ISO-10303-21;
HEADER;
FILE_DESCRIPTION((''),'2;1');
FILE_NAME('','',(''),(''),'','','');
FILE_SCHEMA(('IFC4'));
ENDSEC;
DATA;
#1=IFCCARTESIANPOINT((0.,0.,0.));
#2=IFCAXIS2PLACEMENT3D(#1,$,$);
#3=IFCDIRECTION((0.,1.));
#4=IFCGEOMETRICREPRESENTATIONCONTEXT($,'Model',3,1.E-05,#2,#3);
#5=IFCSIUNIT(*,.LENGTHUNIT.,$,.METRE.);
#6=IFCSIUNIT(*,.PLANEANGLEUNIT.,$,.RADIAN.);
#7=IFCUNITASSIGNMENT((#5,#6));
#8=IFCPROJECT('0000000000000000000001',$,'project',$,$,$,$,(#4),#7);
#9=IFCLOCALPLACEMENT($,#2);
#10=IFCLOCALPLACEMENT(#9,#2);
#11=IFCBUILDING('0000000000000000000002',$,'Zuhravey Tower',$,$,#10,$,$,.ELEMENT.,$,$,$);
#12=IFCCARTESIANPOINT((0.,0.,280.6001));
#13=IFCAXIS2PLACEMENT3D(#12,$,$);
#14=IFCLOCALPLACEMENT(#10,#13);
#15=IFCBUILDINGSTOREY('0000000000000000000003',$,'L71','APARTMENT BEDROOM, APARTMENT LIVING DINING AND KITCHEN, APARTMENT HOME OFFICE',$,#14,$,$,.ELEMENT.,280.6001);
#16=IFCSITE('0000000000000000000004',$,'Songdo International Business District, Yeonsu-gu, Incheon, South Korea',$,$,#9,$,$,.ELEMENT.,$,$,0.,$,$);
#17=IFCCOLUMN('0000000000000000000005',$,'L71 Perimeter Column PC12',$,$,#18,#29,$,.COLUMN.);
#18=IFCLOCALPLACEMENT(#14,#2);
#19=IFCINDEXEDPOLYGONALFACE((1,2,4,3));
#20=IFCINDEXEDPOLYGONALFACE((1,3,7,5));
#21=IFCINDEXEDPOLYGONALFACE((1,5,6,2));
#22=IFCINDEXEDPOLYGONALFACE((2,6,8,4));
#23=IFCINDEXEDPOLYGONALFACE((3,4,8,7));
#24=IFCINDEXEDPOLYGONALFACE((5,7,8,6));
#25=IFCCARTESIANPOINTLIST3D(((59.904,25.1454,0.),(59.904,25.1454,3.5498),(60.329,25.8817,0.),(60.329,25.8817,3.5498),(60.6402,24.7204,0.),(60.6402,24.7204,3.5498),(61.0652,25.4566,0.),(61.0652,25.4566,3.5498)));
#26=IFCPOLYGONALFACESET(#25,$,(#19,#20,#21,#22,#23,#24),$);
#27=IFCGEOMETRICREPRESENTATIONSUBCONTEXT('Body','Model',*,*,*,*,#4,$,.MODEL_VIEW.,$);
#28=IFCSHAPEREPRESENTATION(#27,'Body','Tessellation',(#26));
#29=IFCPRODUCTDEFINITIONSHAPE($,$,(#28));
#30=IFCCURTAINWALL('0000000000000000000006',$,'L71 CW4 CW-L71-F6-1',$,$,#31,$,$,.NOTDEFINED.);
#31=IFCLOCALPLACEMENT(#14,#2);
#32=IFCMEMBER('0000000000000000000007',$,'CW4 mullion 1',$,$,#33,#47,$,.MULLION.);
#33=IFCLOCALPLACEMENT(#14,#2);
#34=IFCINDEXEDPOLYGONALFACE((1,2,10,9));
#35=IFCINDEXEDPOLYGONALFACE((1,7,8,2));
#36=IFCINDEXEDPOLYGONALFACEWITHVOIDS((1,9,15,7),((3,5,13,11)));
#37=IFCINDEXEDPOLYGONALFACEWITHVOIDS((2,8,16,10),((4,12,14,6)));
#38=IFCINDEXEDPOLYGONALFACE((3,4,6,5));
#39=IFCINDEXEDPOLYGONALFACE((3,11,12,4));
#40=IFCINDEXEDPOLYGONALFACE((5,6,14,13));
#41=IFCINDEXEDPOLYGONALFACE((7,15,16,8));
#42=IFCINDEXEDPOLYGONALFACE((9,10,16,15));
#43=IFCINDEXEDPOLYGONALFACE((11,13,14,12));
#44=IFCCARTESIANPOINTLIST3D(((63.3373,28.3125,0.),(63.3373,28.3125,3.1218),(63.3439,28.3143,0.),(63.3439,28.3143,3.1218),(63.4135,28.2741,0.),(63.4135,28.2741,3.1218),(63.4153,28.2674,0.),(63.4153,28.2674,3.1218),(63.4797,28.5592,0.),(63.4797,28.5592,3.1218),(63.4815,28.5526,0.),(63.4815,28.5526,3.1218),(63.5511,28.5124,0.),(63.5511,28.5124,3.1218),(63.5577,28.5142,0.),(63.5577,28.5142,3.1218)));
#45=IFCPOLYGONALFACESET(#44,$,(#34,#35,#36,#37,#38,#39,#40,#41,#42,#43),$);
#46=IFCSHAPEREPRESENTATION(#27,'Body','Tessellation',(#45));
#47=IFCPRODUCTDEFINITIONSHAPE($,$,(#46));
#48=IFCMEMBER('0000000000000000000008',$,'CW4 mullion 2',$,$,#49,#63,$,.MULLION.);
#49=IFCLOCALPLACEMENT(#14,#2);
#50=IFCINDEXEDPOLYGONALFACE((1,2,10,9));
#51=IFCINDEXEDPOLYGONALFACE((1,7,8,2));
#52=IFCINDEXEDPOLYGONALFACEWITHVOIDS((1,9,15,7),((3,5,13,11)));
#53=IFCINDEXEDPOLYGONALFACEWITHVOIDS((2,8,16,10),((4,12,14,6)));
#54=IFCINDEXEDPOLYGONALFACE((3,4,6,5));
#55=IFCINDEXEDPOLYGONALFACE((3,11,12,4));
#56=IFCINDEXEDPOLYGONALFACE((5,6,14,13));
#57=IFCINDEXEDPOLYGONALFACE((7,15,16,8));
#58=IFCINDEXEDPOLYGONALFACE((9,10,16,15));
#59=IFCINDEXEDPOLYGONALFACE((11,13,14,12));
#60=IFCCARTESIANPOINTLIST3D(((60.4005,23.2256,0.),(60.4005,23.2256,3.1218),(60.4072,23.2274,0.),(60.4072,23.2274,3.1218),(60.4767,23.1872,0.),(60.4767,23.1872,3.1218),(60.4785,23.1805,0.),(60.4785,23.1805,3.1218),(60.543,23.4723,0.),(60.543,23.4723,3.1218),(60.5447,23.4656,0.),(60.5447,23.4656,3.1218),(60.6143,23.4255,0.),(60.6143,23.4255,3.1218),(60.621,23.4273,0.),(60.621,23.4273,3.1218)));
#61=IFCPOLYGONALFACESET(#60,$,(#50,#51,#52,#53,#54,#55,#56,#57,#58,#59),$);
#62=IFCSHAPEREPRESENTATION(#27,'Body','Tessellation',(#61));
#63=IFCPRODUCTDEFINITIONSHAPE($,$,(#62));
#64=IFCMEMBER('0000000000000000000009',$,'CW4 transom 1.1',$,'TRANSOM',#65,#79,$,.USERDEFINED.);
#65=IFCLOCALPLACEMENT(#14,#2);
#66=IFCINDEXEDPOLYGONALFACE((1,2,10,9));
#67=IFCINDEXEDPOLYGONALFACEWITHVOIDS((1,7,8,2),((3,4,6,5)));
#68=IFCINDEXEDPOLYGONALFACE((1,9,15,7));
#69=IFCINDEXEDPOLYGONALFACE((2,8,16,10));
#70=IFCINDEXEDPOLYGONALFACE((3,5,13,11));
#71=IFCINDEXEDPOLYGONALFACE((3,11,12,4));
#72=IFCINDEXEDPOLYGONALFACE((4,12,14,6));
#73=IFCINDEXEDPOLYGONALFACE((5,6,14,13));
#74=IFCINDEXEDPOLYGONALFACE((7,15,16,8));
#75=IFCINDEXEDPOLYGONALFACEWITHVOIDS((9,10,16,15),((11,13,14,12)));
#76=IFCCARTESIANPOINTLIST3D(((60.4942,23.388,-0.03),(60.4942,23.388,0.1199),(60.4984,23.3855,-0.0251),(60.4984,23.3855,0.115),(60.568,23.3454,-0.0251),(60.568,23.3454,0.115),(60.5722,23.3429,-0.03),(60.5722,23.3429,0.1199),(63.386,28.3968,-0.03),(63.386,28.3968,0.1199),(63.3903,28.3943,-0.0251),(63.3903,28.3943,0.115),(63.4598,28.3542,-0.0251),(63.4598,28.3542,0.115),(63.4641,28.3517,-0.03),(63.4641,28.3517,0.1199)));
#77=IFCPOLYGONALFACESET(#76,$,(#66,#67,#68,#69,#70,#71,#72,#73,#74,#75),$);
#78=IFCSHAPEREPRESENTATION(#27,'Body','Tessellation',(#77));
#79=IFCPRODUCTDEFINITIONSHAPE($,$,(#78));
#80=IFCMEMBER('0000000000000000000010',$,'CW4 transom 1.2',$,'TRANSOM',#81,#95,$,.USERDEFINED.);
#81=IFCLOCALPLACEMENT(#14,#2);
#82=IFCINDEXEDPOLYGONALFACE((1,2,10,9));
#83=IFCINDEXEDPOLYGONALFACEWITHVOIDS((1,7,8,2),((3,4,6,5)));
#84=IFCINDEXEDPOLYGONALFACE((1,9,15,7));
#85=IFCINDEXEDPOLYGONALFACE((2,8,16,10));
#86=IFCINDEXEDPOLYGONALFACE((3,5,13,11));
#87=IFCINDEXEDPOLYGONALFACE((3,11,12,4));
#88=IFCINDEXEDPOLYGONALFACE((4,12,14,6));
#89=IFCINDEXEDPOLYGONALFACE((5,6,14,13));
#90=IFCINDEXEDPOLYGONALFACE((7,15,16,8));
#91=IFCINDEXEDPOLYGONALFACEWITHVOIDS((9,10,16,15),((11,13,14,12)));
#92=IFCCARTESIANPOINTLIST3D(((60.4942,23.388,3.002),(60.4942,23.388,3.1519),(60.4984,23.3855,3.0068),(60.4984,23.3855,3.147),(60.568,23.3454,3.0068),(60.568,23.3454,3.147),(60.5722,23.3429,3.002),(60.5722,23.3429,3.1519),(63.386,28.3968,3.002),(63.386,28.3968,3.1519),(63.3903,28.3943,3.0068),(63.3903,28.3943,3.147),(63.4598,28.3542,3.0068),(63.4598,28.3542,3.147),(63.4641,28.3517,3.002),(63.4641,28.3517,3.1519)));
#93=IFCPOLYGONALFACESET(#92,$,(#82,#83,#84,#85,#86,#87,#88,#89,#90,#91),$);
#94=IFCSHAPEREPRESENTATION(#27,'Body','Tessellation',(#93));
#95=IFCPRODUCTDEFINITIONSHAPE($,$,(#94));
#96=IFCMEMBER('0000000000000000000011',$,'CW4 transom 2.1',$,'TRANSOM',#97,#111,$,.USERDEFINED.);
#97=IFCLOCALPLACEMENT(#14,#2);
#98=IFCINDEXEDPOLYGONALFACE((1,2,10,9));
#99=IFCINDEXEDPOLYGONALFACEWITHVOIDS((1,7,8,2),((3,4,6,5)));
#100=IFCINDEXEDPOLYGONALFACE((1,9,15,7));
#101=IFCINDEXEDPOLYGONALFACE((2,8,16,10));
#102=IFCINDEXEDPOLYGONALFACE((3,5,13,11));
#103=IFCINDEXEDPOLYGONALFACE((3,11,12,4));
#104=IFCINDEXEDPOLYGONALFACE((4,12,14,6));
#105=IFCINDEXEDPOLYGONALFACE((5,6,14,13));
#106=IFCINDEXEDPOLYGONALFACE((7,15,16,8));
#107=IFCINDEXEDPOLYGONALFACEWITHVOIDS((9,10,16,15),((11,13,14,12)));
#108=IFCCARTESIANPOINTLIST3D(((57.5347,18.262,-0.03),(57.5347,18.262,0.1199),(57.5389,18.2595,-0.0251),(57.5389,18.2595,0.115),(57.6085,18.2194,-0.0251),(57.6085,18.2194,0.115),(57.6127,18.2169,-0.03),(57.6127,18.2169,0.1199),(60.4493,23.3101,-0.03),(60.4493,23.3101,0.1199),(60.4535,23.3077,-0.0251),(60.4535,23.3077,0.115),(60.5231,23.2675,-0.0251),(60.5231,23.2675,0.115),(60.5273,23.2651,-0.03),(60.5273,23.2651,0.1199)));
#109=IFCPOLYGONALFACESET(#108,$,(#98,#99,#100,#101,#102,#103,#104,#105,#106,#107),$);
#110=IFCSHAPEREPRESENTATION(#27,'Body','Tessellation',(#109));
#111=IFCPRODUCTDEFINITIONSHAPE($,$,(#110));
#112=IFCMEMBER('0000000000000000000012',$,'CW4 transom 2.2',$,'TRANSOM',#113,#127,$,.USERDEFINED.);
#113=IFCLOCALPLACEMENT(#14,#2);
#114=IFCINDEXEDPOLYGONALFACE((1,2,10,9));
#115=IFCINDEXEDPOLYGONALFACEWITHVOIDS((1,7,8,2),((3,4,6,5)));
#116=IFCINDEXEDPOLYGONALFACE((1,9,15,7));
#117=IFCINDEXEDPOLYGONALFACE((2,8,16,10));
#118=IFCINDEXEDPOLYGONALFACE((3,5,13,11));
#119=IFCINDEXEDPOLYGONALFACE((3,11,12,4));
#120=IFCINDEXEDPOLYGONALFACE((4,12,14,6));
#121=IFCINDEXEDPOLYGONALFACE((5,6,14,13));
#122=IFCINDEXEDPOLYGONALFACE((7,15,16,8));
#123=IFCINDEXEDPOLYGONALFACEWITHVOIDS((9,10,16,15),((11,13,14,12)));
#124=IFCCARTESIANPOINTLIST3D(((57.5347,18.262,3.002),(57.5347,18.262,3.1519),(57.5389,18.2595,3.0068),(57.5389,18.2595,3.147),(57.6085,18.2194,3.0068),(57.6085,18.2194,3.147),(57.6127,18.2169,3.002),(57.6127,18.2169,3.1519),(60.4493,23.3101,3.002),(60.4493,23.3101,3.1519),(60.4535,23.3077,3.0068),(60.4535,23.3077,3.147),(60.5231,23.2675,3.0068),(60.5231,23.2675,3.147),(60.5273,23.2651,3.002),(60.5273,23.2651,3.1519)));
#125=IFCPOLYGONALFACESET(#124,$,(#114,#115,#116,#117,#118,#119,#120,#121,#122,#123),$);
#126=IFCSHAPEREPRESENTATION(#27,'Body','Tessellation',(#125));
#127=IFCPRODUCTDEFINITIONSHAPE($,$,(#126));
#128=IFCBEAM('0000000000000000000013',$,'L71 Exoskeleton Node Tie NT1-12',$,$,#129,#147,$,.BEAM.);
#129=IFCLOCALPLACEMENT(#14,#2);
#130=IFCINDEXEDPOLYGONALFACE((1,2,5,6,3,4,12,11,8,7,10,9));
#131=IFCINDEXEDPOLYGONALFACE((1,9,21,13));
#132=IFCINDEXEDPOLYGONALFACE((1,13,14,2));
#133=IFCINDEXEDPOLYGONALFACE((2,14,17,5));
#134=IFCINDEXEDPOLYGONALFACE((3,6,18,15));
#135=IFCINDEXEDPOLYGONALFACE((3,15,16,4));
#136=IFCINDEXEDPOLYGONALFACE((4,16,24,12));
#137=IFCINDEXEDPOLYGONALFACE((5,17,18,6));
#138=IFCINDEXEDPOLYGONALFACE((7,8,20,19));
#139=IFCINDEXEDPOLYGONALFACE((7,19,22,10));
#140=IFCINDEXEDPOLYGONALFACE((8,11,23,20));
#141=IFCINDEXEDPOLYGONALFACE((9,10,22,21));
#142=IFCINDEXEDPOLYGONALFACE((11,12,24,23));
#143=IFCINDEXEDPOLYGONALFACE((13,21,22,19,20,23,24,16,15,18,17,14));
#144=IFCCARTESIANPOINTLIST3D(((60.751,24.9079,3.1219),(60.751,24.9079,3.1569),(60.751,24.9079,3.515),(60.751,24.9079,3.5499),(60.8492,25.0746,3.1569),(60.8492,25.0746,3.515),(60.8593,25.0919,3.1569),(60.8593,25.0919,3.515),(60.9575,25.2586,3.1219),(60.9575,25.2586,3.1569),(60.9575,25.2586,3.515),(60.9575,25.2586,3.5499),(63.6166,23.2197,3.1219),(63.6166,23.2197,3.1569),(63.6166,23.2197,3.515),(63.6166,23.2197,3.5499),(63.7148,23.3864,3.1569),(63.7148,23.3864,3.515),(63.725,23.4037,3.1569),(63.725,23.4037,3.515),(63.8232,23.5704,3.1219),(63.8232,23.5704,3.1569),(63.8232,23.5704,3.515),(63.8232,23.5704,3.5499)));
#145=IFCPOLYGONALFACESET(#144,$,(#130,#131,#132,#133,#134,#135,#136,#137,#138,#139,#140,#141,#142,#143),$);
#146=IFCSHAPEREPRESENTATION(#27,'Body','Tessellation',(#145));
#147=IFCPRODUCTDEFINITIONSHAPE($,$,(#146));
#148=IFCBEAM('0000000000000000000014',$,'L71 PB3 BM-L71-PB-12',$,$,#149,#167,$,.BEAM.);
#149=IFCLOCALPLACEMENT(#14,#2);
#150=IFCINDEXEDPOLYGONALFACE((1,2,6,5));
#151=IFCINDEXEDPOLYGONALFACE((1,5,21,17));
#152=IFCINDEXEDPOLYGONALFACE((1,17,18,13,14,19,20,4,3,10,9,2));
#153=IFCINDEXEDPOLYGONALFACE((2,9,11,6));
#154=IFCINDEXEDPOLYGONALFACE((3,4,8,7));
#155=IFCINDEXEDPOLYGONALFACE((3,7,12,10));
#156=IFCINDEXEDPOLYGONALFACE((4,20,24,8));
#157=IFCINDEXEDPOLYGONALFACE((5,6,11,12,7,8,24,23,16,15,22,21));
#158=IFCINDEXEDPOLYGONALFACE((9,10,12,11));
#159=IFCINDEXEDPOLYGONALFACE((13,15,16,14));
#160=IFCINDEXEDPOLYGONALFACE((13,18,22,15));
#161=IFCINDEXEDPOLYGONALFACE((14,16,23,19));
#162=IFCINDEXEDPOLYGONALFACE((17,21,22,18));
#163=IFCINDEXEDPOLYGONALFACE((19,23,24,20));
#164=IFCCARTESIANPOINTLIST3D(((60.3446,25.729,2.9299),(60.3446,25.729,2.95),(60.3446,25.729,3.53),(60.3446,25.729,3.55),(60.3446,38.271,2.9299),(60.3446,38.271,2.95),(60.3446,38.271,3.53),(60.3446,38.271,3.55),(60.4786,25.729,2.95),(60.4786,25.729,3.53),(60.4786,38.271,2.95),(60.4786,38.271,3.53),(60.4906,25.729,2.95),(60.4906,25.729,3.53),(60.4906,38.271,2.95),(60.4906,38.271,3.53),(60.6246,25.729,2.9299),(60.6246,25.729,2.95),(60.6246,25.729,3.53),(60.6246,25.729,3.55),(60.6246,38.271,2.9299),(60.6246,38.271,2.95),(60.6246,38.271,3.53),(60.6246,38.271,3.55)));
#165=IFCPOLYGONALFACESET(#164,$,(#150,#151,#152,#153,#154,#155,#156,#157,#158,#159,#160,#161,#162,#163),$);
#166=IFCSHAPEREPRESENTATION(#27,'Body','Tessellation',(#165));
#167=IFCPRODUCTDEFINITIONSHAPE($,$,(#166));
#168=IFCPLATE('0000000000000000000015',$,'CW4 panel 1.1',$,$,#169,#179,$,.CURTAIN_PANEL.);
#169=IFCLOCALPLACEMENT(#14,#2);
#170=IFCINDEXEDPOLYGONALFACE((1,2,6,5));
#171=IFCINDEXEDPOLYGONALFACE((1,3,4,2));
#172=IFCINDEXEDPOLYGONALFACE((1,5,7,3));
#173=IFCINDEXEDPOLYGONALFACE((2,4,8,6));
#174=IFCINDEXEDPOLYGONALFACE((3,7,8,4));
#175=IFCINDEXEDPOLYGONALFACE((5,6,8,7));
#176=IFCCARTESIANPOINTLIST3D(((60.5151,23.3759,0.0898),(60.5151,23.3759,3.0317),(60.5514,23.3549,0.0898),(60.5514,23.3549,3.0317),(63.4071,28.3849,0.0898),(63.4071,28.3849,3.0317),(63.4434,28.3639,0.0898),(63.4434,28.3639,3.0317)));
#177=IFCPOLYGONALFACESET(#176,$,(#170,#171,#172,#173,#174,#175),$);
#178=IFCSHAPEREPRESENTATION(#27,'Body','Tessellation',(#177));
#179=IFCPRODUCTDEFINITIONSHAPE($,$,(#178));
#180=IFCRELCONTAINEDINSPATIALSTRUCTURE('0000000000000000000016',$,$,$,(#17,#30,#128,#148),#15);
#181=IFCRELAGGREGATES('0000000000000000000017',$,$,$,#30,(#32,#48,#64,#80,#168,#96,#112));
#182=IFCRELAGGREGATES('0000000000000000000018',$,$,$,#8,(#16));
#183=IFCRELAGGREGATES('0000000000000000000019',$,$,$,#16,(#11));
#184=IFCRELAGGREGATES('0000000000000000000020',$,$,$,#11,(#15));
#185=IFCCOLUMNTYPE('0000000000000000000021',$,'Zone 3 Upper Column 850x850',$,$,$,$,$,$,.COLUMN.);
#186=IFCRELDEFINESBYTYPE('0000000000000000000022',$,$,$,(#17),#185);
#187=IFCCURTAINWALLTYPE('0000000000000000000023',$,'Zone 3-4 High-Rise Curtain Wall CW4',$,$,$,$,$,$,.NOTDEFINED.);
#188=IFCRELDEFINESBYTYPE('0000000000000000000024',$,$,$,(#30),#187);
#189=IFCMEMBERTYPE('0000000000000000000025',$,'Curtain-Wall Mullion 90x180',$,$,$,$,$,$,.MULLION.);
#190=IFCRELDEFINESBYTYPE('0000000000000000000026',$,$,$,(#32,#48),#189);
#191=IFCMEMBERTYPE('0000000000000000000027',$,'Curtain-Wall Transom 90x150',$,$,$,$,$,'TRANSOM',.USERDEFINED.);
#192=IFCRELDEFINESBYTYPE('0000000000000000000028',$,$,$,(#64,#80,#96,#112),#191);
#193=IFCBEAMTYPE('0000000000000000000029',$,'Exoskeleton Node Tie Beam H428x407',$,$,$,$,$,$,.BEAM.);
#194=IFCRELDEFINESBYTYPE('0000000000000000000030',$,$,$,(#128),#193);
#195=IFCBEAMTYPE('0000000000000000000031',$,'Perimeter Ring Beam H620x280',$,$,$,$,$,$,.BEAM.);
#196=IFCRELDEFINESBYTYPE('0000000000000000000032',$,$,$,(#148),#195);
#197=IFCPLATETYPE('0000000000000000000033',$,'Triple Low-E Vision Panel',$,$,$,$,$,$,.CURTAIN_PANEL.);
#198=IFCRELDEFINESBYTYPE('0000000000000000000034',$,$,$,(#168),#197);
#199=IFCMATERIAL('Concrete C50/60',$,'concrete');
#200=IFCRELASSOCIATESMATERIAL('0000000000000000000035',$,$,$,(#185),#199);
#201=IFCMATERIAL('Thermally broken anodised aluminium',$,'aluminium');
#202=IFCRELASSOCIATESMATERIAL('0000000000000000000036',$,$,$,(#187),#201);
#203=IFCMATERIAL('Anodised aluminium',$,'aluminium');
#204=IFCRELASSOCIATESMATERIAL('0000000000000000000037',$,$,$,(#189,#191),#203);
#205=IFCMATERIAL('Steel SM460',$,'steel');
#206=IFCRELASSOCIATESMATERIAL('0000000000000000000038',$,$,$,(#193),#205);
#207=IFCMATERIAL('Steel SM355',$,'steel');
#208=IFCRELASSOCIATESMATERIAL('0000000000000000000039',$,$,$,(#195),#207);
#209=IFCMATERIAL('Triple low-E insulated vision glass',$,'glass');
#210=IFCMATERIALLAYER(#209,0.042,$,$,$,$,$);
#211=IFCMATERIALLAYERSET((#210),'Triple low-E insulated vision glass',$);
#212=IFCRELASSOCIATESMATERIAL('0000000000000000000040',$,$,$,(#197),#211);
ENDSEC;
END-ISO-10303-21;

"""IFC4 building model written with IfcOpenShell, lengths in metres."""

from ifc_helpers import new_model, si_unit, direction, frame, origin, origin_2d, place, context, subcontext, project, spatial, rectangle, hollow_rectangle, i_section, extrude, material, layer, layer_set, material_profile, profile_set, type_object, element, aggregate, save


model = new_model("IFC4")

# Units and contexts
model_context = context("Model", 3, precision=1e-05, world=origin(), true_north=direction((0.0, 1.0)))
body_context = subcontext(model_context, "Body", "Model", "MODEL_VIEW")
ifc_project = project(units=[si_unit("LENGTHUNIT", "METRE"), si_unit("PLANEANGLEUNIT", "RADIAN")], contexts=[model_context])

# Site, building, storey
site_placement = place(None, origin())
site = spatial("IfcSite", under=ifc_project, at=site_placement, Name="Songdo International Business District, Yeonsu-gu, Incheon, South Korea", CompositionType="ELEMENT", RefElevation=0.0)
building_placement = place(site_placement, origin())
building = spatial("IfcBuilding", under=site, at=building_placement, Name="Zuhravey Tower", CompositionType="ELEMENT")
storey_placement = place(building_placement, frame((0.0, 0.0, 280.6001)))
storey = spatial("IfcBuildingStorey", under=building, at=storey_placement, Name="L71", Description="APARTMENT BEDROOM, APARTMENT LIVING DINING AND KITCHEN, APARTMENT HOME OFFICE", CompositionType="ELEMENT", Elevation=280.6001)

# Column
ifc_material_1 = material(Name="Concrete C50/60", Category="concrete")
ifc_material_profile_1 = material_profile(ifc_material_1, rectangle(XDim=0.8501, YDim=0.8501, at=origin_2d()), Name="RC-850x850")
ifc_profile_set_1 = profile_set([ifc_material_profile_1], Name="Concrete C50/60")
column_type = type_object("IfcColumnType", Name="Zone 3 Upper Column 850x850", PredefinedType="COLUMN", material=ifc_profile_set_1)
column_placement = place(storey_placement, frame((60.4846, 25.301, 0.0), z_axis=(0.0, 0.0, 1.0), x_axis=(0.5, 0.866025, 0.0)))
element("IfcColumn", 1, at=column_placement, inside=storey, type_object=column_type, Name="L71 Perimeter Column PC12", PredefinedType="COLUMN", context=body_context, shape_type="SweptSolid", body=[
    extrude(rectangle(XDim=0.8501, YDim=0.8501, at=origin_2d()), origin(), (0.0, 0.0, 1.0), 3.5498),
])

# Curtain wall, members
ifc_material_2 = material(Name="Thermally broken anodised aluminium", Category="aluminium")
curtain_wall_type = type_object("IfcCurtainWallType", Name="Zone 3-4 High-Rise Curtain Wall CW4", PredefinedType="NOTDEFINED", material=ifc_material_2)
curtain_wall_placement = place(storey_placement, origin())
curtain_wall = element("IfcCurtainWall", 2, at=curtain_wall_placement, inside=storey, type_object=curtain_wall_type, Name="L71 CW4 CW-L71-F6-1", PredefinedType="NOTDEFINED")
ifc_material_3 = material(Name="Anodised aluminium", Category="aluminium")
ifc_material_profile_2 = material_profile(ifc_material_3, hollow_rectangle(XDim=0.0901, YDim=0.2849, WallThickness=0.0049, at=origin_2d()), Name="ALU-RHS-90x285x5")
ifc_profile_set_2 = profile_set([ifc_material_profile_2], Name="Anodised aluminium")
member_type_1 = type_object("IfcMemberType", Name="Curtain-Wall Mullion 90x180", PredefinedType="MULLION", material=ifc_profile_set_2)
member_1_placement = place(storey_placement, frame((63.4475, 28.4133, 0.0), z_axis=(0.0, 0.0, 1.0), x_axis=(0.866024, -0.500002, 0.0)))
member_1 = element("IfcMember", 3, at=member_1_placement, type_object=member_type_1, Name="CW4 mullion 1", PredefinedType="MULLION", context=body_context, shape_type="SweptSolid", body=[
    extrude(hollow_rectangle(XDim=0.0901, YDim=0.2849, WallThickness=0.0049, at=origin_2d()), origin(), (0.0, 0.0, 1.0), 3.1218),
])
member_2_placement = place(storey_placement, frame((60.5107, 23.3264, 0.0), z_axis=(0.0, 0.0, 1.0), x_axis=(0.866024, -0.500002, 0.0)))
member_2 = element("IfcMember", 4, at=member_2_placement, type_object=member_type_1, Name="CW4 mullion 2", PredefinedType="MULLION", context=body_context, shape_type="SweptSolid", body=[
    extrude(hollow_rectangle(XDim=0.0901, YDim=0.2849, WallThickness=0.0049, at=origin_2d()), origin(), (0.0, 0.0, 1.0), 3.1218),
])
ifc_material_profile_3 = material_profile(ifc_material_3, hollow_rectangle(XDim=0.0901, YDim=0.1499, WallThickness=0.0049, at=origin_2d()), Name="ALU-RHS-90x150x5")
ifc_profile_set_3 = profile_set([ifc_material_profile_3], Name="Anodised aluminium")
member_type_2 = type_object("IfcMemberType", Name="Curtain-Wall Transom 90x150", ElementType="TRANSOM", PredefinedType="USERDEFINED", material=ifc_profile_set_3)
member_3_placement = place(storey_placement, frame((63.425, 28.3743, 0.0449), z_axis=(-0.500003, -0.866024, 0.0), x_axis=(0.866024, -0.500003, 0.0)))
member_3 = element("IfcMember", 5, at=member_3_placement, type_object=member_type_2, Name="CW4 transom 1.1", ObjectType="TRANSOM", PredefinedType="USERDEFINED", context=body_context, shape_type="SweptSolid", body=[
    extrude(hollow_rectangle(XDim=0.0901, YDim=0.1499, WallThickness=0.0049, at=origin_2d()), origin(), (0.0, 0.0, 1.0), 5.7837),
])
member_4_placement = place(storey_placement, frame((63.425, 28.3743, 3.0769), z_axis=(-0.500003, -0.866024, 0.0), x_axis=(0.866024, -0.500003, 0.0)))
member_4 = element("IfcMember", 6, at=member_4_placement, type_object=member_type_2, Name="CW4 transom 1.2", ObjectType="TRANSOM", PredefinedType="USERDEFINED", context=body_context, shape_type="SweptSolid", body=[
    extrude(hollow_rectangle(XDim=0.0901, YDim=0.1499, WallThickness=0.0049, at=origin_2d()), origin(), (0.0, 0.0, 1.0), 5.7837),
])
member_5_placement = place(storey_placement, frame((60.4883, 23.2876, 0.0449), z_axis=(-0.500004, -0.866023, 0.0), x_axis=(0.866023, -0.500004, 0.0)))
member_5 = element("IfcMember", 7, at=member_5_placement, type_object=member_type_2, Name="CW4 transom 2.1", ObjectType="TRANSOM", PredefinedType="USERDEFINED", context=body_context, shape_type="SweptSolid", body=[
    extrude(hollow_rectangle(XDim=0.0901, YDim=0.1499, WallThickness=0.0049, at=origin_2d()), origin(), (0.0, 0.0, 1.0), 5.8291),
])
member_6_placement = place(storey_placement, frame((60.4883, 23.2876, 3.0769), z_axis=(-0.500004, -0.866023, 0.0), x_axis=(0.866023, -0.500004, 0.0)))
member_6 = element("IfcMember", 8, at=member_6_placement, type_object=member_type_2, Name="CW4 transom 2.2", ObjectType="TRANSOM", PredefinedType="USERDEFINED", context=body_context, shape_type="SweptSolid", body=[
    extrude(hollow_rectangle(XDim=0.0901, YDim=0.1499, WallThickness=0.0049, at=origin_2d()), origin(), (0.0, 0.0, 1.0), 5.8291),
])

# Beams
ifc_material_4 = material(Name="Steel SM460", Category="steel")
ifc_material_profile_4 = material_profile(ifc_material_4, i_section(OverallWidth=0.407, OverallDepth=0.428, WebThickness=0.02, FlangeThickness=0.0349, at=origin_2d()), Name="H-428x407x20x35")
ifc_profile_set_4 = profile_set([ifc_material_profile_4], Name="Steel SM460")
beam_type_1 = type_object("IfcBeamType", Name="Exoskeleton Node Tie Beam H428x407", PredefinedType="BEAM", material=ifc_profile_set_4)
beam_1_placement = place(storey_placement, frame((60.8542, 25.0833, 3.3359), z_axis=(0.861604, -0.507581, 0.0), x_axis=(0.507581, 0.861604, 0.0)))
element("IfcBeam", 9, at=beam_1_placement, inside=storey, type_object=beam_type_1, Name="L71 Exoskeleton Node Tie NT1-12", PredefinedType="BEAM", context=body_context, shape_type="SweptSolid", body=[
    extrude(i_section(OverallWidth=0.407, OverallDepth=0.428, WebThickness=0.02, FlangeThickness=0.0349, at=origin_2d()), origin(), (0.0, 0.0, 1.0), 3.3259),
])
ifc_material_5 = material(Name="Steel SM355", Category="steel")
ifc_material_profile_5 = material_profile(ifc_material_5, i_section(OverallWidth=0.28, OverallDepth=0.6201, WebThickness=0.012, FlangeThickness=0.02, at=origin_2d()), Name="H-620x280x12x20")
ifc_profile_set_5 = profile_set([ifc_material_profile_5], Name="Steel SM355")
beam_type_2 = type_object("IfcBeamType", Name="Perimeter Ring Beam H620x280", PredefinedType="BEAM", material=ifc_profile_set_5)
beam_2_placement = place(storey_placement, frame((60.4846, 25.729, 3.24), z_axis=(0.0, 1.0, 0.0), x_axis=(-1.0, 0.0, 0.0)))
element("IfcBeam", 10, at=beam_2_placement, inside=storey, type_object=beam_type_2, Name="L71 PB3 BM-L71-PB-12", PredefinedType="BEAM", context=body_context, shape_type="SweptSolid", body=[
    extrude(i_section(OverallWidth=0.28, OverallDepth=0.6201, WebThickness=0.012, FlangeThickness=0.02, at=origin_2d()), origin(), (0.0, 0.0, 1.0), 12.542),
])

# Plate
ifc_material_6 = material(Name="Triple low-E insulated vision glass", Category="glass")
ifc_layer_1 = layer(ifc_material_6, 0.042)
ifc_layer_set_1 = layer_set([ifc_layer_1], Name="Triple low-E insulated vision glass")
plate_type = type_object("IfcPlateType", Name="Triple Low-E Vision Panel", PredefinedType="CURTAIN_PANEL", material=ifc_layer_set_1)
plate_1_placement = place(storey_placement, frame((61.9792, 25.8699, 0.0898), z_axis=(0.0, 0.0, 1.0), x_axis=(-0.500002, -0.866024, 0.0)))
plate_1 = element("IfcPlate", 11, at=plate_1_placement, type_object=plate_type, Name="CW4 panel 1.1", PredefinedType="CURTAIN_PANEL", context=body_context, shape_type="SweptSolid", body=[
    extrude(rectangle(XDim=5.7839, YDim=0.042, at=origin_2d()), origin(), (0.0, 0.0, 1.0), 2.9419),
])
aggregate(curtain_wall, [member_1, member_2, member_3, member_4, plate_1, member_5, member_6])

save(model, "model.ifc")
